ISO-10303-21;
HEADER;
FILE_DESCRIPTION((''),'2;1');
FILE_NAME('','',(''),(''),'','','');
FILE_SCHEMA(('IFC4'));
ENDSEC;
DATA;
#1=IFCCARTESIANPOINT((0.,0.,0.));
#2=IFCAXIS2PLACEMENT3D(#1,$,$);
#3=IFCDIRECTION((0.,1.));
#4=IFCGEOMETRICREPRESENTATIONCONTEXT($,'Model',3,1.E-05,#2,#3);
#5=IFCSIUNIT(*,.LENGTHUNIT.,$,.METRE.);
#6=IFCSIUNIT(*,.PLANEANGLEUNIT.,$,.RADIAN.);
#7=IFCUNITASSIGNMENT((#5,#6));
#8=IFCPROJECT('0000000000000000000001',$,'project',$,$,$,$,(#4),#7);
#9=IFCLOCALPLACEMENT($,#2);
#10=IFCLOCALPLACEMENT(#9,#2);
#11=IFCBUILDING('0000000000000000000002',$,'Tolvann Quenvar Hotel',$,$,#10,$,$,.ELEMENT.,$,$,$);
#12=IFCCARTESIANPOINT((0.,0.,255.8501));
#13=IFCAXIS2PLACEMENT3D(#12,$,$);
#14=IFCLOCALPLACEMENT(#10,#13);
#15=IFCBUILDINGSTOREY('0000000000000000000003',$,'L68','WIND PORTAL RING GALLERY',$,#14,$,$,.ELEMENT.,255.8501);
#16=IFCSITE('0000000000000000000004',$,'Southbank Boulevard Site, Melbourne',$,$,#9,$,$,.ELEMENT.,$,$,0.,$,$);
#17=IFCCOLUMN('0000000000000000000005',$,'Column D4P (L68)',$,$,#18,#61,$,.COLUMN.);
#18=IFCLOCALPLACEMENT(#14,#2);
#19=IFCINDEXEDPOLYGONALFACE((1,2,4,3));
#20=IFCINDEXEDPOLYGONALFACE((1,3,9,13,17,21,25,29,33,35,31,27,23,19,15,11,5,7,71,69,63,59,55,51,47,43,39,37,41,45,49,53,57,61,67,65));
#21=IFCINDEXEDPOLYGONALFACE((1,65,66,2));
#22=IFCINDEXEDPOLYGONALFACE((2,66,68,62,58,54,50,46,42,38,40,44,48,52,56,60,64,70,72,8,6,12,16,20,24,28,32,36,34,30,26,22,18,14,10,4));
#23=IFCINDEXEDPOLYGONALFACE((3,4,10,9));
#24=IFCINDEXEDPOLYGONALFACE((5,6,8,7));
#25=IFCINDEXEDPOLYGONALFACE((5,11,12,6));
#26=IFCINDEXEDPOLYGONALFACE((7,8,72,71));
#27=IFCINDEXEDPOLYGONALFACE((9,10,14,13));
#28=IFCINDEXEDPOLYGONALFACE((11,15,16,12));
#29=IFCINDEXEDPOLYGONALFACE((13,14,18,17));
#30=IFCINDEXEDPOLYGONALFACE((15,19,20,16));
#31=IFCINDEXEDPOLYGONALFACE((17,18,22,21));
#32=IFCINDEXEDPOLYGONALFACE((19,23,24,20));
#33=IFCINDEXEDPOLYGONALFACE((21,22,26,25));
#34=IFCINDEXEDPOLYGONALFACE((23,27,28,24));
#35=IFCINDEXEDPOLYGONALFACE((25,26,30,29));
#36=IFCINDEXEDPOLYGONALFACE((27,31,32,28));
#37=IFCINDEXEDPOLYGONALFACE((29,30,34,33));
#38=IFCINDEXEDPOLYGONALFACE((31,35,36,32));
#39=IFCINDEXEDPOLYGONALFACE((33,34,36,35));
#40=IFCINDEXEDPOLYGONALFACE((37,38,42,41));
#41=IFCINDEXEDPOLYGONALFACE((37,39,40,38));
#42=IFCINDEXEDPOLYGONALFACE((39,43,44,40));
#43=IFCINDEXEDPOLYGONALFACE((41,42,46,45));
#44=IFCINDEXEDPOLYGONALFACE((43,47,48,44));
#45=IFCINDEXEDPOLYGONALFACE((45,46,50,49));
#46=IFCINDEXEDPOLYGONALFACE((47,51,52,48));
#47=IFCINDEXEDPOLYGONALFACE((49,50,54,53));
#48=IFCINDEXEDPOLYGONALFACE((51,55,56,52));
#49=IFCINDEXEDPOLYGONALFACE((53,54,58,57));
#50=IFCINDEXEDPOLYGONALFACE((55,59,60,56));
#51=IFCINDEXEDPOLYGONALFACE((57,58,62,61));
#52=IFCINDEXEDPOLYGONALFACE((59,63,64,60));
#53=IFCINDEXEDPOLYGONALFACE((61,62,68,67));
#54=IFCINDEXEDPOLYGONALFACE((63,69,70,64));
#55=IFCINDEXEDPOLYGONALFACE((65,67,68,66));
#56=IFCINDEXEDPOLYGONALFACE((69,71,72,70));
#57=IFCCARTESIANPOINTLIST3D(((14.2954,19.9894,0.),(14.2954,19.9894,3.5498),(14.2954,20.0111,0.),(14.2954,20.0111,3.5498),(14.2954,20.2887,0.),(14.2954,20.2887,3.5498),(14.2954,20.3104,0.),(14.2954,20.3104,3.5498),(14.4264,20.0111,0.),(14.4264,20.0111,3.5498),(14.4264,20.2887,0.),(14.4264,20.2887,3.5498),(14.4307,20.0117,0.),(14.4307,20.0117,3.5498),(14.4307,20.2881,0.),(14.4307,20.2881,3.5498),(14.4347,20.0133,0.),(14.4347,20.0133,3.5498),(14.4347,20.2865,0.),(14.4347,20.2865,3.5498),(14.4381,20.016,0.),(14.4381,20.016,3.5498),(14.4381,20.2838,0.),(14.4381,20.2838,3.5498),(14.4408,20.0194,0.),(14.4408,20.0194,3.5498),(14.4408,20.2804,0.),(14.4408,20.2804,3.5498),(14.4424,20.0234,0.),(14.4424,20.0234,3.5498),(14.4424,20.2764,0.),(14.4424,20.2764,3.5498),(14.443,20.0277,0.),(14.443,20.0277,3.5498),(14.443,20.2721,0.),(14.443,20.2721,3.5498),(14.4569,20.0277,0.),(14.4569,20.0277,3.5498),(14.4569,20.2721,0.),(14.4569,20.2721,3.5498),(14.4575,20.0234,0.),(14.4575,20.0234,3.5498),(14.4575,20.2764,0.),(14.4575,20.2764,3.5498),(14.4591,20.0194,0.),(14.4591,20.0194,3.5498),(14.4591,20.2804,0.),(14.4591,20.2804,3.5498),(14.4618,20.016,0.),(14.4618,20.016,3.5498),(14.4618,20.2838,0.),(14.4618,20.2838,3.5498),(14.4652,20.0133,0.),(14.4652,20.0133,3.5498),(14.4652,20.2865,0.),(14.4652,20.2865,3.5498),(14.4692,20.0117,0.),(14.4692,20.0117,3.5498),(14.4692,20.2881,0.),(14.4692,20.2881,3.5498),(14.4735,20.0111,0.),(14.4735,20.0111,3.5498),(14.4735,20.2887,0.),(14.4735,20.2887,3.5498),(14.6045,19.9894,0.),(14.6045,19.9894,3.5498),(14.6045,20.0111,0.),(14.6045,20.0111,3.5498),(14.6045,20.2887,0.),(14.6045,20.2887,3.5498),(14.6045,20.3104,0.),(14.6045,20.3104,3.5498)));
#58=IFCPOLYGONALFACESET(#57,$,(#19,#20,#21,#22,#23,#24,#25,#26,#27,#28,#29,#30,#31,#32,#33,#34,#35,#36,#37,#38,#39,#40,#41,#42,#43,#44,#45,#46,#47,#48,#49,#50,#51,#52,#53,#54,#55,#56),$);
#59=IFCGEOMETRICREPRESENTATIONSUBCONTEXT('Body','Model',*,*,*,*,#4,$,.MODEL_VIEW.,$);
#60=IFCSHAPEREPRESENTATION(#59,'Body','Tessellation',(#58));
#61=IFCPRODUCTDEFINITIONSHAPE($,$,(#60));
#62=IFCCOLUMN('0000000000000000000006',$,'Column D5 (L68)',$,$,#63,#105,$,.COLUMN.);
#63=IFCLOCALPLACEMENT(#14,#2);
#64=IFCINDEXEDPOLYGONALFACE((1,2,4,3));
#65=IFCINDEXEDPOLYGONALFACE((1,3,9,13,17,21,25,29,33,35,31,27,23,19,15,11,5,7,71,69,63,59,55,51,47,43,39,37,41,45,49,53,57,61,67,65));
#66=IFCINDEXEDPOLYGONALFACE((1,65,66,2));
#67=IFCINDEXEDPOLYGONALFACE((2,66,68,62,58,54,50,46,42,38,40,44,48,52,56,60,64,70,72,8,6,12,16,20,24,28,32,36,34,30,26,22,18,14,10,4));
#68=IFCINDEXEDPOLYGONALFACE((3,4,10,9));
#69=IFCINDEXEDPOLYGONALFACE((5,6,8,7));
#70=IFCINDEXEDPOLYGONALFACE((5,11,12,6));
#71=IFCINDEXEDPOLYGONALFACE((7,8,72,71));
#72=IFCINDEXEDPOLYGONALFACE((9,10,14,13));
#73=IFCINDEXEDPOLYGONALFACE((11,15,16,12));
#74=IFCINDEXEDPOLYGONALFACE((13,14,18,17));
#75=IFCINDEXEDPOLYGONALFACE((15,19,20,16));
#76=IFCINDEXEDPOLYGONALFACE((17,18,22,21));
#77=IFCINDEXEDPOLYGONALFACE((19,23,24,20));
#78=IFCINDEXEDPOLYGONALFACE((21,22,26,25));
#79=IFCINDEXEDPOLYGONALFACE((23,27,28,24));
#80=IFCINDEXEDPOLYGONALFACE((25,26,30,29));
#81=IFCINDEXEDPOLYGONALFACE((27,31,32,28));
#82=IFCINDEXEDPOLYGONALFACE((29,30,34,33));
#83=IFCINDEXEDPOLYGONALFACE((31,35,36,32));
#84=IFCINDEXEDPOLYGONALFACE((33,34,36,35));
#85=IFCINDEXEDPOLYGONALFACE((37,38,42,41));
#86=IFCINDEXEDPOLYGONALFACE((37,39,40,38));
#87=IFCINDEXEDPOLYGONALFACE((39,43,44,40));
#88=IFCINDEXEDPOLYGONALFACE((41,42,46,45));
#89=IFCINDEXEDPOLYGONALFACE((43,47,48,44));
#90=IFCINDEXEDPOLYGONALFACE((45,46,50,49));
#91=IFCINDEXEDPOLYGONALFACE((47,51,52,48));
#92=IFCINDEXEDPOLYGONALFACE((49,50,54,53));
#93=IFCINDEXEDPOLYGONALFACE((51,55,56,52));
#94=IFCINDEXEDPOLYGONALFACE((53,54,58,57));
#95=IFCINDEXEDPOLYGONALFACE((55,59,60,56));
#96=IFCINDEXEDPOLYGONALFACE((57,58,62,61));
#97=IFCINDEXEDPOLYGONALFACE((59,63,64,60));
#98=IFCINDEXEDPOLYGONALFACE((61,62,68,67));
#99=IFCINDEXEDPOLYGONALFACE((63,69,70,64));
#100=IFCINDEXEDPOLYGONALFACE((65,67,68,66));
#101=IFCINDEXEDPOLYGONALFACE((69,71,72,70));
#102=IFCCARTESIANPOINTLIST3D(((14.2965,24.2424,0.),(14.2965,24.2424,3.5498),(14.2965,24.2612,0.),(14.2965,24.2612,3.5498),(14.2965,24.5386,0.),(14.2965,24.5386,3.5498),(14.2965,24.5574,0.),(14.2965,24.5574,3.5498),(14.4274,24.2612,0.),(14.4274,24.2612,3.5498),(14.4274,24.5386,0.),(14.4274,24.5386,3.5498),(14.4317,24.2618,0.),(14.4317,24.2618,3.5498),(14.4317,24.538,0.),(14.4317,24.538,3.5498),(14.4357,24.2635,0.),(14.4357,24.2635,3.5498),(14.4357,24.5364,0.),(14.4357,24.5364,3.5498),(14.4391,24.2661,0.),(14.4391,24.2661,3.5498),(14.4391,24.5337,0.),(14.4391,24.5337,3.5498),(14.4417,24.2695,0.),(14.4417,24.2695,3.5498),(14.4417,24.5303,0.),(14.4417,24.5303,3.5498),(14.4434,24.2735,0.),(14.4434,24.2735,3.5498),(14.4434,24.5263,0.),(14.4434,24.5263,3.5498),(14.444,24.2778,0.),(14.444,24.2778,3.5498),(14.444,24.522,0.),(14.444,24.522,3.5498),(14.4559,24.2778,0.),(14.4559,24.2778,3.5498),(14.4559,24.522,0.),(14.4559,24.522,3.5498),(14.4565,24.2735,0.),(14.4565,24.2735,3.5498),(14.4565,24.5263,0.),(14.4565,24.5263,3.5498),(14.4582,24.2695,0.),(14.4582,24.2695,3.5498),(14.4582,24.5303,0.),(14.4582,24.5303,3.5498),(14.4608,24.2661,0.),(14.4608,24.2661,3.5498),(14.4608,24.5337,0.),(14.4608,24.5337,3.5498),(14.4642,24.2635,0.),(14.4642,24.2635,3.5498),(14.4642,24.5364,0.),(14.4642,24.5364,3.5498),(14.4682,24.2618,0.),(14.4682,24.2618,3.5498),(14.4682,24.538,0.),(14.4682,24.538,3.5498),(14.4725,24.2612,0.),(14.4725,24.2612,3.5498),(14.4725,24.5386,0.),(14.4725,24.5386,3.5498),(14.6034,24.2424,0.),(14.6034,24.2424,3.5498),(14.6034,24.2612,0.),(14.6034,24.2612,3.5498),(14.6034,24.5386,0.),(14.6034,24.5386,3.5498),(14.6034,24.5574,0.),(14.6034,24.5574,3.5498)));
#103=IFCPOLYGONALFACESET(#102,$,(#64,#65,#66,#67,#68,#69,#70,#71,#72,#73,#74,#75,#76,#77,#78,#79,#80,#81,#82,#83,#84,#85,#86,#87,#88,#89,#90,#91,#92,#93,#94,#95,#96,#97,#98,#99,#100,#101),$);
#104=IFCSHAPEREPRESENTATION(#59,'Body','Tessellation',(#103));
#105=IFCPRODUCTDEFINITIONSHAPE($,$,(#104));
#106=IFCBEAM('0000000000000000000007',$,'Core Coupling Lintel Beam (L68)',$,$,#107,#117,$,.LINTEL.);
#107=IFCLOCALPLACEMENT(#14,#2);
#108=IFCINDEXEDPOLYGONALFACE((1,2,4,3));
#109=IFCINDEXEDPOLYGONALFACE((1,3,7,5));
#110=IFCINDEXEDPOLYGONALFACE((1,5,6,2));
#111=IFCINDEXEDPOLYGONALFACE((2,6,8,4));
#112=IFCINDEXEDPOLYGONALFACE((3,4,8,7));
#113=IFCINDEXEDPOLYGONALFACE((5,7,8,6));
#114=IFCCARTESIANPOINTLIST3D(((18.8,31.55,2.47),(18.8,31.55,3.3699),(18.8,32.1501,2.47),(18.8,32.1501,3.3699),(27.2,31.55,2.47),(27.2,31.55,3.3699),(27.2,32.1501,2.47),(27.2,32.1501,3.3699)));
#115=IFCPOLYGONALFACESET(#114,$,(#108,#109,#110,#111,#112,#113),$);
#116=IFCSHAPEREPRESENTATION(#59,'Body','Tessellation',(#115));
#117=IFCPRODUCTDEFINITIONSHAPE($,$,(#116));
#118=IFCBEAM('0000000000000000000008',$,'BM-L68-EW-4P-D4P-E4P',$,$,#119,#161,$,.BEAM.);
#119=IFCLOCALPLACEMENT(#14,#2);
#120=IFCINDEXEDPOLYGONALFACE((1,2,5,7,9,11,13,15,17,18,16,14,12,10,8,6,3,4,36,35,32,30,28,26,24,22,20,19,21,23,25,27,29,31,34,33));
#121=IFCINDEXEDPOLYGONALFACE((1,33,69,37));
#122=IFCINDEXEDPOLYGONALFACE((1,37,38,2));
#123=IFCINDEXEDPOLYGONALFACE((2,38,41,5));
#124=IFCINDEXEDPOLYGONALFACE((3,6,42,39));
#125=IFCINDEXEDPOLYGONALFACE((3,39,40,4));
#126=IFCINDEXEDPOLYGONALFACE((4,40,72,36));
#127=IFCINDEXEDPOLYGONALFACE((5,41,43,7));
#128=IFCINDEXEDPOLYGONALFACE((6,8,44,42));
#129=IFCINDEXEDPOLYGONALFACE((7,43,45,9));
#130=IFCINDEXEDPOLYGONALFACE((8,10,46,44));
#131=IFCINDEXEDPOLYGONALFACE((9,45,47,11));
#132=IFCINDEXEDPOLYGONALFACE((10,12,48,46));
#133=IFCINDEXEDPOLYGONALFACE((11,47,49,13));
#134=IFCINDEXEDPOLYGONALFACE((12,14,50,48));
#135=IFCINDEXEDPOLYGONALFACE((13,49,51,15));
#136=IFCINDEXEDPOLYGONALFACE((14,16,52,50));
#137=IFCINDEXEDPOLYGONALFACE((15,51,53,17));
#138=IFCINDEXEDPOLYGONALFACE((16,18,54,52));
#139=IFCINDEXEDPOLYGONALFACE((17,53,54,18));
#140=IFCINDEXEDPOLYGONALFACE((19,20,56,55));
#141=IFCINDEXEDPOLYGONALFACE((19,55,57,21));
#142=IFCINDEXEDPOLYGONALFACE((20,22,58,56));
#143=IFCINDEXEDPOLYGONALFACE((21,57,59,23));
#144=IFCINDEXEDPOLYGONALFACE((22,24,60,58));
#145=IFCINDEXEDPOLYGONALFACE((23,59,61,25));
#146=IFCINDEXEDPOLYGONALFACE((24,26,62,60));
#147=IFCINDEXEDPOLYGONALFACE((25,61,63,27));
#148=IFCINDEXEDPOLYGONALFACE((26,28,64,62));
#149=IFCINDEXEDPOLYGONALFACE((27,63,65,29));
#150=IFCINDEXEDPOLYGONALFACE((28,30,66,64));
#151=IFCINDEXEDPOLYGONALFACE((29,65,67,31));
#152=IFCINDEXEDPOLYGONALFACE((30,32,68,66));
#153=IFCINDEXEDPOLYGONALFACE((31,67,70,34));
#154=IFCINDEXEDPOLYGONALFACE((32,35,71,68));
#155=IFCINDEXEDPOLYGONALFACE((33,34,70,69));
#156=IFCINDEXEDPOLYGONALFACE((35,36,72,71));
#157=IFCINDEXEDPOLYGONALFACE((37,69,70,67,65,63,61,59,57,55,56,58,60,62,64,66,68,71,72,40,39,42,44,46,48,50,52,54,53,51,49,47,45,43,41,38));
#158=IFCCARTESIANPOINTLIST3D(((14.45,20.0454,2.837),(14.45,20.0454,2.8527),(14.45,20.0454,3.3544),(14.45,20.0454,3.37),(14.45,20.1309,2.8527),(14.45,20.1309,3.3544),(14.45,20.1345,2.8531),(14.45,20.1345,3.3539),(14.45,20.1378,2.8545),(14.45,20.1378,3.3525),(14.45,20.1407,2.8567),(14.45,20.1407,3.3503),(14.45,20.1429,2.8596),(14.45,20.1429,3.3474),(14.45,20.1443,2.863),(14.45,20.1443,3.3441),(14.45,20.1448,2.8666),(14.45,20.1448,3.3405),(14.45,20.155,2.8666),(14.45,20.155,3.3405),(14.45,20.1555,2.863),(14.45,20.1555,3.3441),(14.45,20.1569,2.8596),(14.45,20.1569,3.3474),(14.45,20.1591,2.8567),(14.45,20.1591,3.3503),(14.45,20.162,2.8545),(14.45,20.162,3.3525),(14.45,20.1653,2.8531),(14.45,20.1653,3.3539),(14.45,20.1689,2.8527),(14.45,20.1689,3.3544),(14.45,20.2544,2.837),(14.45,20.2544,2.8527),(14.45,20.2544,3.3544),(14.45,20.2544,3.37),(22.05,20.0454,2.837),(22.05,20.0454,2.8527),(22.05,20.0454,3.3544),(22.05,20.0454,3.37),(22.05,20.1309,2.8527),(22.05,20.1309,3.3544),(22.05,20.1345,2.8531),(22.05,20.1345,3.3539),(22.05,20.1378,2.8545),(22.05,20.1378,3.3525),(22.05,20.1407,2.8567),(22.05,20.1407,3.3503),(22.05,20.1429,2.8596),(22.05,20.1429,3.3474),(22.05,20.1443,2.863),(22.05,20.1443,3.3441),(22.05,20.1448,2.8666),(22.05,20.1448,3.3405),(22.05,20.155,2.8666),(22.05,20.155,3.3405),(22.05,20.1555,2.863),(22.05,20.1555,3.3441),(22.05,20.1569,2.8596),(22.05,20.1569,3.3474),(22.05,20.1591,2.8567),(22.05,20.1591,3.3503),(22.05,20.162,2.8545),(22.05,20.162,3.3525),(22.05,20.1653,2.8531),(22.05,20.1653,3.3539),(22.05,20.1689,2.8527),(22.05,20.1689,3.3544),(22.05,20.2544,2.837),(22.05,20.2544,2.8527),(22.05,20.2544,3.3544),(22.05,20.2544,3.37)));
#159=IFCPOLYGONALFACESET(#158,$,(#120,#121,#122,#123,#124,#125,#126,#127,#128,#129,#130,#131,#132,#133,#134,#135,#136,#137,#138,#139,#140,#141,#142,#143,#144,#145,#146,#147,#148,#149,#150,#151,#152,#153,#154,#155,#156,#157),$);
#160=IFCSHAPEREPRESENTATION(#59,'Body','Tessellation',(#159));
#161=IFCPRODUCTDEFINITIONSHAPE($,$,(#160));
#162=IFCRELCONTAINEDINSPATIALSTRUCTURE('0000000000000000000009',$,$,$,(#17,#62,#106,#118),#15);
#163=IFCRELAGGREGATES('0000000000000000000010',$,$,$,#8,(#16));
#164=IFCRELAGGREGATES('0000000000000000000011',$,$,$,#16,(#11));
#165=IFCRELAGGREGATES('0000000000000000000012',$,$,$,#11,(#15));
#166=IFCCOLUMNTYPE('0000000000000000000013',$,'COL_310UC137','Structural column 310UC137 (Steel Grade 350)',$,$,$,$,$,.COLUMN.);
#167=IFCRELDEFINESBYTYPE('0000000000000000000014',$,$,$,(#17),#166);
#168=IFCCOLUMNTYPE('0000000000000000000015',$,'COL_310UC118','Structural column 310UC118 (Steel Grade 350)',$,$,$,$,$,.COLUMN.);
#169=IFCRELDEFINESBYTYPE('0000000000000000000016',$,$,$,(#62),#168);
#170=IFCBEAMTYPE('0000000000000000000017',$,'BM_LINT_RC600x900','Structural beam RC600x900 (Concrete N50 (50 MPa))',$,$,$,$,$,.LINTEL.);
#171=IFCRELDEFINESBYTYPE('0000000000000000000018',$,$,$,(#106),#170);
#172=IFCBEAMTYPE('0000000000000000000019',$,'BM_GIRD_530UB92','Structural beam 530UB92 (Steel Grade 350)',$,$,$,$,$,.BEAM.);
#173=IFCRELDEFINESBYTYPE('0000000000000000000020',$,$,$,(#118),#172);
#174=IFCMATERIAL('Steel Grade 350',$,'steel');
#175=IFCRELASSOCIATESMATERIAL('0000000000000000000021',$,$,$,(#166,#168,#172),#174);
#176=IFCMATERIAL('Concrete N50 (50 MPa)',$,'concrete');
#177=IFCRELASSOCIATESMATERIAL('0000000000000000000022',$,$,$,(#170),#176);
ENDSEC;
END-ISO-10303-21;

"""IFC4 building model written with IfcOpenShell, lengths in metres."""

from ifc_helpers import new_model, si_unit, direction, frame, origin, origin_2d, place, context, subcontext, project, spatial, rectangle, i_section, extrude, source, transform, mapped, material, material_profile, profile_set, type_object, type_shapes, element, save


model = new_model("IFC4")

# Units and contexts
model_context = context("Model", 3, precision=1e-05, world=origin(), true_north=direction((0.0, 1.0)))
body_context = subcontext(model_context, "Body", "Model", "MODEL_VIEW")
ifc_project = project(units=[si_unit("LENGTHUNIT", "METRE"), si_unit("PLANEANGLEUNIT", "RADIAN")], contexts=[model_context])

# Site, building, storey
site_placement = place(None, origin())
site = spatial("IfcSite", under=ifc_project, at=site_placement, Name="Southbank Boulevard Site, Melbourne", CompositionType="ELEMENT", RefElevation=0.0)
building_placement = place(site_placement, origin())
building = spatial("IfcBuilding", under=site, at=building_placement, Name="Tolvann Quenvar Hotel", CompositionType="ELEMENT")
storey_placement = place(building_placement, frame((0.0, 0.0, 255.8501)))
storey = spatial("IfcBuildingStorey", under=building, at=storey_placement, Name="L68", Description="WIND PORTAL RING GALLERY", CompositionType="ELEMENT", Elevation=255.8501)

# Columns
ifc_material_1 = material(Name="Steel Grade 350", Category="steel")
ifc_material_profile_1 = material_profile(ifc_material_1, i_section(OverallWidth=0.3091, OverallDepth=0.321, WebThickness=0.0139, FlangeThickness=0.0217, FilletRadius=0.0166, at=origin_2d()), Name="310UC137")
ifc_profile_set_1 = profile_set([ifc_material_profile_1], Name="Steel Grade 350")
column_type_1 = type_object("IfcColumnType", Name="COL_310UC137", Description="Structural column 310UC137 (Steel Grade 350)", PredefinedType="COLUMN", material=ifc_profile_set_1)
shared_shape_1 = source(origin(), body_context, "Body", "SweptSolid", [
    extrude(i_section(OverallWidth=0.3091, OverallDepth=0.321, WebThickness=0.0139, FlangeThickness=0.0217, FilletRadius=0.0166, at=origin_2d()), origin(), (0.0, 0.0, 1.0), 3.5498),
])
type_shapes(column_type_1, [shared_shape_1])
column_1_placement = place(storey_placement, frame((14.45, 20.1499, 0.0), z_axis=(0.0, 0.0, 1.0), x_axis=(1.0, 0.0, 0.0)))
element("IfcColumn", 1, at=column_1_placement, inside=storey, type_object=column_type_1, Name="Column D4P (L68)", PredefinedType="COLUMN", context=body_context, shape_type="MappedRepresentation", body=[
    mapped(shared_shape_1, transform((0.0, 0.0, 0.0), x_axis=(1.0, 0.0, 0.0), y_axis=(0.0, 1.0, 0.0), z_axis=(0.0, 0.0, 1.0), scale=1.0)),
])
ifc_material_profile_2 = material_profile(ifc_material_1, i_section(OverallWidth=0.3069, OverallDepth=0.3149, WebThickness=0.012, FlangeThickness=0.0188, FilletRadius=0.0166, at=origin_2d()), Name="310UC118")
ifc_profile_set_2 = profile_set([ifc_material_profile_2], Name="Steel Grade 350")
column_type_2 = type_object("IfcColumnType", Name="COL_310UC118", Description="Structural column 310UC118 (Steel Grade 350)", PredefinedType="COLUMN", material=ifc_profile_set_2)
shared_shape_2 = source(origin(), body_context, "Body", "SweptSolid", [
    extrude(i_section(OverallWidth=0.3069, OverallDepth=0.3149, WebThickness=0.012, FlangeThickness=0.0188, FilletRadius=0.0166, at=origin_2d()), origin(), (0.0, 0.0, 1.0), 3.5498),
])
type_shapes(column_type_2, [shared_shape_2])
column_2_placement = place(storey_placement, frame((14.45, 24.3999, 0.0), z_axis=(0.0, 0.0, 1.0), x_axis=(1.0, 0.0, 0.0)))
element("IfcColumn", 2, at=column_2_placement, inside=storey, type_object=column_type_2, Name="Column D5 (L68)", PredefinedType="COLUMN", context=body_context, shape_type="MappedRepresentation", body=[
    mapped(shared_shape_2, transform((0.0, 0.0, 0.0), x_axis=(1.0, 0.0, 0.0), y_axis=(0.0, 1.0, 0.0), z_axis=(0.0, 0.0, 1.0), scale=1.0)),
])

# Beams
ifc_material_2 = material(Name="Concrete N50 (50 MPa)", Category="concrete")
ifc_material_profile_3 = material_profile(ifc_material_2, rectangle(XDim=0.6001, YDim=0.8999, at=origin_2d()), Name="RC600x900")
ifc_profile_set_3 = profile_set([ifc_material_profile_3], Name="Concrete N50 (50 MPa)")
beam_type_1 = type_object("IfcBeamType", Name="BM_LINT_RC600x900", Description="Structural beam RC600x900 (Concrete N50 (50 MPa))", PredefinedType="LINTEL", material=ifc_profile_set_3)
shared_shape_3 = source(origin(), body_context, "Body", "SweptSolid", [
    extrude(rectangle(XDim=0.6001, YDim=0.8999, at=origin_2d()), origin(), (0.0, 0.0, 1.0), 8.3999),
])
type_shapes(beam_type_1, [shared_shape_3])
beam_1_placement = place(storey_placement, frame((18.8, 31.8501, 2.9199), z_axis=(1.0, 0.0, 0.0), x_axis=(0.0, 1.0, 0.0)))
element("IfcBeam", 3, at=beam_1_placement, inside=storey, type_object=beam_type_1, Name="Core Coupling Lintel Beam (L68)", PredefinedType="LINTEL", context=body_context, shape_type="MappedRepresentation", body=[
    mapped(shared_shape_3, transform((0.0, 0.0, 0.0), x_axis=(1.0, 0.0, 0.0), y_axis=(0.0, 1.0, 0.0), z_axis=(0.0, 0.0, 1.0), scale=1.0)),
])
ifc_material_profile_4 = material_profile(ifc_material_1, i_section(OverallWidth=0.209, OverallDepth=0.533, WebThickness=0.0103, FlangeThickness=0.0156, FilletRadius=0.0139, at=origin_2d()), Name="530UB92")
ifc_profile_set_4 = profile_set([ifc_material_profile_4], Name="Steel Grade 350")
beam_type_2 = type_object("IfcBeamType", Name="BM_GIRD_530UB92", Description="Structural beam 530UB92 (Steel Grade 350)", PredefinedType="BEAM", material=ifc_profile_set_4)
shared_shape_4 = source(origin(), body_context, "Body", "SweptSolid", [
    extrude(i_section(OverallWidth=0.209, OverallDepth=0.533, WebThickness=0.0103, FlangeThickness=0.0156, FilletRadius=0.0139, at=origin_2d()), origin(), (0.0, 0.0, 1.0), 7.6001),
])
for number, where, z_axis, x_axis, name in (
    (4, (14.45, 20.1499, 3.1035), (1.0, 0.0, 0.0), (0.0, 1.0, 0.0), "BM-L68-EW-4P-D4P-E4P"),
):
    element("IfcBeam", number, at=place(storey_placement, frame(where, z_axis=z_axis, x_axis=x_axis)), inside=storey, type_object=beam_type_2, Name=name, PredefinedType="BEAM", context=body_context, shape_type="MappedRepresentation", body=[
        mapped(shared_shape_4, transform((0.0, 0.0, 0.0), x_axis=(1.0, 0.0, 0.0), y_axis=(0.0, 1.0, 0.0), z_axis=(0.0, 0.0, 1.0), scale=1.0)),
    ])

save(model, "model.ifc")
